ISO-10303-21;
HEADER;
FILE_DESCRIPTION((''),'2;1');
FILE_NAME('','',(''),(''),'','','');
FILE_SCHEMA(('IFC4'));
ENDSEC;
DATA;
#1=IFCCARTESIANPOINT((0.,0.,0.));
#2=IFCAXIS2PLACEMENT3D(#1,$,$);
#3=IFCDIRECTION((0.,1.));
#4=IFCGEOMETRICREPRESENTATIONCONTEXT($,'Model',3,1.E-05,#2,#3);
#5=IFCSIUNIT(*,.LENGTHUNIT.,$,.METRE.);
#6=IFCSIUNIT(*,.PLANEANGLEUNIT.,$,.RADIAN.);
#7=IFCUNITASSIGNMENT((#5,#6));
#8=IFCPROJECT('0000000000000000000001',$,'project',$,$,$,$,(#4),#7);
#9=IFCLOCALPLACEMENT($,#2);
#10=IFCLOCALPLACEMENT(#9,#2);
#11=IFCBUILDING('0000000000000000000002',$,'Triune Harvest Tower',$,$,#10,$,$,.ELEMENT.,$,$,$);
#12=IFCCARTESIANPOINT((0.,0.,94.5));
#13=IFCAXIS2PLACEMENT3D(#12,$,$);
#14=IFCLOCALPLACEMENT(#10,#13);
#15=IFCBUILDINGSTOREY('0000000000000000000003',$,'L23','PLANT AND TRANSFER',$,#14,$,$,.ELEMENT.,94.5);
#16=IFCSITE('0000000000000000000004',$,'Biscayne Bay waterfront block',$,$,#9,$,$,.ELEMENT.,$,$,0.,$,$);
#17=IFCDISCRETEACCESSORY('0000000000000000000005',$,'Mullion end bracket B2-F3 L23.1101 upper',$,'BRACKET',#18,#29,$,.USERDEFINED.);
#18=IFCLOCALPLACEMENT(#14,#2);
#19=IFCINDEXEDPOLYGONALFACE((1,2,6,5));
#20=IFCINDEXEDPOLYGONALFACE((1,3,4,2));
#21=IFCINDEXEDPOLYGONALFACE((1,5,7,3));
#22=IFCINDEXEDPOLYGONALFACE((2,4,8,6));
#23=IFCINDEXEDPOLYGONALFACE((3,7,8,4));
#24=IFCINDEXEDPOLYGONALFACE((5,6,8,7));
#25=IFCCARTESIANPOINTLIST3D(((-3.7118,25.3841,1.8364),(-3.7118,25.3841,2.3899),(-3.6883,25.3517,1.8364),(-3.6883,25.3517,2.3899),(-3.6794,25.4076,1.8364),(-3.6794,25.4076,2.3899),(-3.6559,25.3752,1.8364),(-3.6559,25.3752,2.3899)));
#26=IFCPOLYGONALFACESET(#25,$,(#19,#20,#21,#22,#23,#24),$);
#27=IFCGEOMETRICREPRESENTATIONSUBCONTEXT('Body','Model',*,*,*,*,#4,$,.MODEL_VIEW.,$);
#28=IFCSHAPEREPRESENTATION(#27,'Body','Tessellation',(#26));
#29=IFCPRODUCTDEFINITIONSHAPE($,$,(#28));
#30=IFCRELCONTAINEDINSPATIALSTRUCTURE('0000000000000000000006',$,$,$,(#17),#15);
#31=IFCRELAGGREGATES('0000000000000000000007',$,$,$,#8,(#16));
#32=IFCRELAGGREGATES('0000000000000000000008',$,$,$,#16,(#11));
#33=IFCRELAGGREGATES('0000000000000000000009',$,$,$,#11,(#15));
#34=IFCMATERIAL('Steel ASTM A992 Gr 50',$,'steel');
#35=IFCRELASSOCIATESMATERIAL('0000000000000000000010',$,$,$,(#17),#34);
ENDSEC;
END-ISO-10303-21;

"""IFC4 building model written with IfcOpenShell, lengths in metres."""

from ifc_helpers import new_model, si_unit, direction, frame, origin, origin_2d, place, context, subcontext, project, spatial, rectangle, extrude, material, element, save


model = new_model("IFC4")

# Units and contexts
model_context = context("Model", 3, precision=1e-05, world=origin(), true_north=direction((0.0, 1.0)))
body_context = subcontext(model_context, "Body", "Model", "MODEL_VIEW")
ifc_project = project(units=[si_unit("LENGTHUNIT", "METRE"), si_unit("PLANEANGLEUNIT", "RADIAN")], contexts=[model_context])

# Site, building, storey
site_placement = place(None, origin())
site = spatial("IfcSite", under=ifc_project, at=site_placement, Name="Biscayne Bay waterfront block", CompositionType="ELEMENT", RefElevation=0.0)
building_placement = place(site_placement, origin())
building = spatial("IfcBuilding", under=site, at=building_placement, Name="Triune Harvest Tower", CompositionType="ELEMENT")
storey_placement = place(building_placement, frame((0.0, 0.0, 94.5)))
storey = spatial("IfcBuildingStorey", under=building, at=storey_placement, Name="L23", Description="PLANT AND TRANSFER", CompositionType="ELEMENT", Elevation=94.5)

# Discrete accessory
ifc_material_1 = material(Name="Steel ASTM A992 Gr 50", Category="steel")
discrete_accessory_1_placement = place(storey_placement, frame((-3.6838, 25.3796, 1.8364), z_axis=(0.0, 0.0, 1.0), x_axis=(-0.809031, -0.587765, 0.0)))
element("IfcDiscreteAccessory", 1, at=discrete_accessory_1_placement, inside=storey, material=ifc_material_1, Name="Mullion end bracket B2-F3 L23.1101 upper", ObjectType="BRACKET", PredefinedType="USERDEFINED", context=body_context, shape_type="SweptSolid", body=[
    extrude(rectangle(XDim=0.04, YDim=0.04, at=origin_2d()), origin(), (0.0, 0.0, 1.0), 0.5535),
])

save(model, "model.ifc")
